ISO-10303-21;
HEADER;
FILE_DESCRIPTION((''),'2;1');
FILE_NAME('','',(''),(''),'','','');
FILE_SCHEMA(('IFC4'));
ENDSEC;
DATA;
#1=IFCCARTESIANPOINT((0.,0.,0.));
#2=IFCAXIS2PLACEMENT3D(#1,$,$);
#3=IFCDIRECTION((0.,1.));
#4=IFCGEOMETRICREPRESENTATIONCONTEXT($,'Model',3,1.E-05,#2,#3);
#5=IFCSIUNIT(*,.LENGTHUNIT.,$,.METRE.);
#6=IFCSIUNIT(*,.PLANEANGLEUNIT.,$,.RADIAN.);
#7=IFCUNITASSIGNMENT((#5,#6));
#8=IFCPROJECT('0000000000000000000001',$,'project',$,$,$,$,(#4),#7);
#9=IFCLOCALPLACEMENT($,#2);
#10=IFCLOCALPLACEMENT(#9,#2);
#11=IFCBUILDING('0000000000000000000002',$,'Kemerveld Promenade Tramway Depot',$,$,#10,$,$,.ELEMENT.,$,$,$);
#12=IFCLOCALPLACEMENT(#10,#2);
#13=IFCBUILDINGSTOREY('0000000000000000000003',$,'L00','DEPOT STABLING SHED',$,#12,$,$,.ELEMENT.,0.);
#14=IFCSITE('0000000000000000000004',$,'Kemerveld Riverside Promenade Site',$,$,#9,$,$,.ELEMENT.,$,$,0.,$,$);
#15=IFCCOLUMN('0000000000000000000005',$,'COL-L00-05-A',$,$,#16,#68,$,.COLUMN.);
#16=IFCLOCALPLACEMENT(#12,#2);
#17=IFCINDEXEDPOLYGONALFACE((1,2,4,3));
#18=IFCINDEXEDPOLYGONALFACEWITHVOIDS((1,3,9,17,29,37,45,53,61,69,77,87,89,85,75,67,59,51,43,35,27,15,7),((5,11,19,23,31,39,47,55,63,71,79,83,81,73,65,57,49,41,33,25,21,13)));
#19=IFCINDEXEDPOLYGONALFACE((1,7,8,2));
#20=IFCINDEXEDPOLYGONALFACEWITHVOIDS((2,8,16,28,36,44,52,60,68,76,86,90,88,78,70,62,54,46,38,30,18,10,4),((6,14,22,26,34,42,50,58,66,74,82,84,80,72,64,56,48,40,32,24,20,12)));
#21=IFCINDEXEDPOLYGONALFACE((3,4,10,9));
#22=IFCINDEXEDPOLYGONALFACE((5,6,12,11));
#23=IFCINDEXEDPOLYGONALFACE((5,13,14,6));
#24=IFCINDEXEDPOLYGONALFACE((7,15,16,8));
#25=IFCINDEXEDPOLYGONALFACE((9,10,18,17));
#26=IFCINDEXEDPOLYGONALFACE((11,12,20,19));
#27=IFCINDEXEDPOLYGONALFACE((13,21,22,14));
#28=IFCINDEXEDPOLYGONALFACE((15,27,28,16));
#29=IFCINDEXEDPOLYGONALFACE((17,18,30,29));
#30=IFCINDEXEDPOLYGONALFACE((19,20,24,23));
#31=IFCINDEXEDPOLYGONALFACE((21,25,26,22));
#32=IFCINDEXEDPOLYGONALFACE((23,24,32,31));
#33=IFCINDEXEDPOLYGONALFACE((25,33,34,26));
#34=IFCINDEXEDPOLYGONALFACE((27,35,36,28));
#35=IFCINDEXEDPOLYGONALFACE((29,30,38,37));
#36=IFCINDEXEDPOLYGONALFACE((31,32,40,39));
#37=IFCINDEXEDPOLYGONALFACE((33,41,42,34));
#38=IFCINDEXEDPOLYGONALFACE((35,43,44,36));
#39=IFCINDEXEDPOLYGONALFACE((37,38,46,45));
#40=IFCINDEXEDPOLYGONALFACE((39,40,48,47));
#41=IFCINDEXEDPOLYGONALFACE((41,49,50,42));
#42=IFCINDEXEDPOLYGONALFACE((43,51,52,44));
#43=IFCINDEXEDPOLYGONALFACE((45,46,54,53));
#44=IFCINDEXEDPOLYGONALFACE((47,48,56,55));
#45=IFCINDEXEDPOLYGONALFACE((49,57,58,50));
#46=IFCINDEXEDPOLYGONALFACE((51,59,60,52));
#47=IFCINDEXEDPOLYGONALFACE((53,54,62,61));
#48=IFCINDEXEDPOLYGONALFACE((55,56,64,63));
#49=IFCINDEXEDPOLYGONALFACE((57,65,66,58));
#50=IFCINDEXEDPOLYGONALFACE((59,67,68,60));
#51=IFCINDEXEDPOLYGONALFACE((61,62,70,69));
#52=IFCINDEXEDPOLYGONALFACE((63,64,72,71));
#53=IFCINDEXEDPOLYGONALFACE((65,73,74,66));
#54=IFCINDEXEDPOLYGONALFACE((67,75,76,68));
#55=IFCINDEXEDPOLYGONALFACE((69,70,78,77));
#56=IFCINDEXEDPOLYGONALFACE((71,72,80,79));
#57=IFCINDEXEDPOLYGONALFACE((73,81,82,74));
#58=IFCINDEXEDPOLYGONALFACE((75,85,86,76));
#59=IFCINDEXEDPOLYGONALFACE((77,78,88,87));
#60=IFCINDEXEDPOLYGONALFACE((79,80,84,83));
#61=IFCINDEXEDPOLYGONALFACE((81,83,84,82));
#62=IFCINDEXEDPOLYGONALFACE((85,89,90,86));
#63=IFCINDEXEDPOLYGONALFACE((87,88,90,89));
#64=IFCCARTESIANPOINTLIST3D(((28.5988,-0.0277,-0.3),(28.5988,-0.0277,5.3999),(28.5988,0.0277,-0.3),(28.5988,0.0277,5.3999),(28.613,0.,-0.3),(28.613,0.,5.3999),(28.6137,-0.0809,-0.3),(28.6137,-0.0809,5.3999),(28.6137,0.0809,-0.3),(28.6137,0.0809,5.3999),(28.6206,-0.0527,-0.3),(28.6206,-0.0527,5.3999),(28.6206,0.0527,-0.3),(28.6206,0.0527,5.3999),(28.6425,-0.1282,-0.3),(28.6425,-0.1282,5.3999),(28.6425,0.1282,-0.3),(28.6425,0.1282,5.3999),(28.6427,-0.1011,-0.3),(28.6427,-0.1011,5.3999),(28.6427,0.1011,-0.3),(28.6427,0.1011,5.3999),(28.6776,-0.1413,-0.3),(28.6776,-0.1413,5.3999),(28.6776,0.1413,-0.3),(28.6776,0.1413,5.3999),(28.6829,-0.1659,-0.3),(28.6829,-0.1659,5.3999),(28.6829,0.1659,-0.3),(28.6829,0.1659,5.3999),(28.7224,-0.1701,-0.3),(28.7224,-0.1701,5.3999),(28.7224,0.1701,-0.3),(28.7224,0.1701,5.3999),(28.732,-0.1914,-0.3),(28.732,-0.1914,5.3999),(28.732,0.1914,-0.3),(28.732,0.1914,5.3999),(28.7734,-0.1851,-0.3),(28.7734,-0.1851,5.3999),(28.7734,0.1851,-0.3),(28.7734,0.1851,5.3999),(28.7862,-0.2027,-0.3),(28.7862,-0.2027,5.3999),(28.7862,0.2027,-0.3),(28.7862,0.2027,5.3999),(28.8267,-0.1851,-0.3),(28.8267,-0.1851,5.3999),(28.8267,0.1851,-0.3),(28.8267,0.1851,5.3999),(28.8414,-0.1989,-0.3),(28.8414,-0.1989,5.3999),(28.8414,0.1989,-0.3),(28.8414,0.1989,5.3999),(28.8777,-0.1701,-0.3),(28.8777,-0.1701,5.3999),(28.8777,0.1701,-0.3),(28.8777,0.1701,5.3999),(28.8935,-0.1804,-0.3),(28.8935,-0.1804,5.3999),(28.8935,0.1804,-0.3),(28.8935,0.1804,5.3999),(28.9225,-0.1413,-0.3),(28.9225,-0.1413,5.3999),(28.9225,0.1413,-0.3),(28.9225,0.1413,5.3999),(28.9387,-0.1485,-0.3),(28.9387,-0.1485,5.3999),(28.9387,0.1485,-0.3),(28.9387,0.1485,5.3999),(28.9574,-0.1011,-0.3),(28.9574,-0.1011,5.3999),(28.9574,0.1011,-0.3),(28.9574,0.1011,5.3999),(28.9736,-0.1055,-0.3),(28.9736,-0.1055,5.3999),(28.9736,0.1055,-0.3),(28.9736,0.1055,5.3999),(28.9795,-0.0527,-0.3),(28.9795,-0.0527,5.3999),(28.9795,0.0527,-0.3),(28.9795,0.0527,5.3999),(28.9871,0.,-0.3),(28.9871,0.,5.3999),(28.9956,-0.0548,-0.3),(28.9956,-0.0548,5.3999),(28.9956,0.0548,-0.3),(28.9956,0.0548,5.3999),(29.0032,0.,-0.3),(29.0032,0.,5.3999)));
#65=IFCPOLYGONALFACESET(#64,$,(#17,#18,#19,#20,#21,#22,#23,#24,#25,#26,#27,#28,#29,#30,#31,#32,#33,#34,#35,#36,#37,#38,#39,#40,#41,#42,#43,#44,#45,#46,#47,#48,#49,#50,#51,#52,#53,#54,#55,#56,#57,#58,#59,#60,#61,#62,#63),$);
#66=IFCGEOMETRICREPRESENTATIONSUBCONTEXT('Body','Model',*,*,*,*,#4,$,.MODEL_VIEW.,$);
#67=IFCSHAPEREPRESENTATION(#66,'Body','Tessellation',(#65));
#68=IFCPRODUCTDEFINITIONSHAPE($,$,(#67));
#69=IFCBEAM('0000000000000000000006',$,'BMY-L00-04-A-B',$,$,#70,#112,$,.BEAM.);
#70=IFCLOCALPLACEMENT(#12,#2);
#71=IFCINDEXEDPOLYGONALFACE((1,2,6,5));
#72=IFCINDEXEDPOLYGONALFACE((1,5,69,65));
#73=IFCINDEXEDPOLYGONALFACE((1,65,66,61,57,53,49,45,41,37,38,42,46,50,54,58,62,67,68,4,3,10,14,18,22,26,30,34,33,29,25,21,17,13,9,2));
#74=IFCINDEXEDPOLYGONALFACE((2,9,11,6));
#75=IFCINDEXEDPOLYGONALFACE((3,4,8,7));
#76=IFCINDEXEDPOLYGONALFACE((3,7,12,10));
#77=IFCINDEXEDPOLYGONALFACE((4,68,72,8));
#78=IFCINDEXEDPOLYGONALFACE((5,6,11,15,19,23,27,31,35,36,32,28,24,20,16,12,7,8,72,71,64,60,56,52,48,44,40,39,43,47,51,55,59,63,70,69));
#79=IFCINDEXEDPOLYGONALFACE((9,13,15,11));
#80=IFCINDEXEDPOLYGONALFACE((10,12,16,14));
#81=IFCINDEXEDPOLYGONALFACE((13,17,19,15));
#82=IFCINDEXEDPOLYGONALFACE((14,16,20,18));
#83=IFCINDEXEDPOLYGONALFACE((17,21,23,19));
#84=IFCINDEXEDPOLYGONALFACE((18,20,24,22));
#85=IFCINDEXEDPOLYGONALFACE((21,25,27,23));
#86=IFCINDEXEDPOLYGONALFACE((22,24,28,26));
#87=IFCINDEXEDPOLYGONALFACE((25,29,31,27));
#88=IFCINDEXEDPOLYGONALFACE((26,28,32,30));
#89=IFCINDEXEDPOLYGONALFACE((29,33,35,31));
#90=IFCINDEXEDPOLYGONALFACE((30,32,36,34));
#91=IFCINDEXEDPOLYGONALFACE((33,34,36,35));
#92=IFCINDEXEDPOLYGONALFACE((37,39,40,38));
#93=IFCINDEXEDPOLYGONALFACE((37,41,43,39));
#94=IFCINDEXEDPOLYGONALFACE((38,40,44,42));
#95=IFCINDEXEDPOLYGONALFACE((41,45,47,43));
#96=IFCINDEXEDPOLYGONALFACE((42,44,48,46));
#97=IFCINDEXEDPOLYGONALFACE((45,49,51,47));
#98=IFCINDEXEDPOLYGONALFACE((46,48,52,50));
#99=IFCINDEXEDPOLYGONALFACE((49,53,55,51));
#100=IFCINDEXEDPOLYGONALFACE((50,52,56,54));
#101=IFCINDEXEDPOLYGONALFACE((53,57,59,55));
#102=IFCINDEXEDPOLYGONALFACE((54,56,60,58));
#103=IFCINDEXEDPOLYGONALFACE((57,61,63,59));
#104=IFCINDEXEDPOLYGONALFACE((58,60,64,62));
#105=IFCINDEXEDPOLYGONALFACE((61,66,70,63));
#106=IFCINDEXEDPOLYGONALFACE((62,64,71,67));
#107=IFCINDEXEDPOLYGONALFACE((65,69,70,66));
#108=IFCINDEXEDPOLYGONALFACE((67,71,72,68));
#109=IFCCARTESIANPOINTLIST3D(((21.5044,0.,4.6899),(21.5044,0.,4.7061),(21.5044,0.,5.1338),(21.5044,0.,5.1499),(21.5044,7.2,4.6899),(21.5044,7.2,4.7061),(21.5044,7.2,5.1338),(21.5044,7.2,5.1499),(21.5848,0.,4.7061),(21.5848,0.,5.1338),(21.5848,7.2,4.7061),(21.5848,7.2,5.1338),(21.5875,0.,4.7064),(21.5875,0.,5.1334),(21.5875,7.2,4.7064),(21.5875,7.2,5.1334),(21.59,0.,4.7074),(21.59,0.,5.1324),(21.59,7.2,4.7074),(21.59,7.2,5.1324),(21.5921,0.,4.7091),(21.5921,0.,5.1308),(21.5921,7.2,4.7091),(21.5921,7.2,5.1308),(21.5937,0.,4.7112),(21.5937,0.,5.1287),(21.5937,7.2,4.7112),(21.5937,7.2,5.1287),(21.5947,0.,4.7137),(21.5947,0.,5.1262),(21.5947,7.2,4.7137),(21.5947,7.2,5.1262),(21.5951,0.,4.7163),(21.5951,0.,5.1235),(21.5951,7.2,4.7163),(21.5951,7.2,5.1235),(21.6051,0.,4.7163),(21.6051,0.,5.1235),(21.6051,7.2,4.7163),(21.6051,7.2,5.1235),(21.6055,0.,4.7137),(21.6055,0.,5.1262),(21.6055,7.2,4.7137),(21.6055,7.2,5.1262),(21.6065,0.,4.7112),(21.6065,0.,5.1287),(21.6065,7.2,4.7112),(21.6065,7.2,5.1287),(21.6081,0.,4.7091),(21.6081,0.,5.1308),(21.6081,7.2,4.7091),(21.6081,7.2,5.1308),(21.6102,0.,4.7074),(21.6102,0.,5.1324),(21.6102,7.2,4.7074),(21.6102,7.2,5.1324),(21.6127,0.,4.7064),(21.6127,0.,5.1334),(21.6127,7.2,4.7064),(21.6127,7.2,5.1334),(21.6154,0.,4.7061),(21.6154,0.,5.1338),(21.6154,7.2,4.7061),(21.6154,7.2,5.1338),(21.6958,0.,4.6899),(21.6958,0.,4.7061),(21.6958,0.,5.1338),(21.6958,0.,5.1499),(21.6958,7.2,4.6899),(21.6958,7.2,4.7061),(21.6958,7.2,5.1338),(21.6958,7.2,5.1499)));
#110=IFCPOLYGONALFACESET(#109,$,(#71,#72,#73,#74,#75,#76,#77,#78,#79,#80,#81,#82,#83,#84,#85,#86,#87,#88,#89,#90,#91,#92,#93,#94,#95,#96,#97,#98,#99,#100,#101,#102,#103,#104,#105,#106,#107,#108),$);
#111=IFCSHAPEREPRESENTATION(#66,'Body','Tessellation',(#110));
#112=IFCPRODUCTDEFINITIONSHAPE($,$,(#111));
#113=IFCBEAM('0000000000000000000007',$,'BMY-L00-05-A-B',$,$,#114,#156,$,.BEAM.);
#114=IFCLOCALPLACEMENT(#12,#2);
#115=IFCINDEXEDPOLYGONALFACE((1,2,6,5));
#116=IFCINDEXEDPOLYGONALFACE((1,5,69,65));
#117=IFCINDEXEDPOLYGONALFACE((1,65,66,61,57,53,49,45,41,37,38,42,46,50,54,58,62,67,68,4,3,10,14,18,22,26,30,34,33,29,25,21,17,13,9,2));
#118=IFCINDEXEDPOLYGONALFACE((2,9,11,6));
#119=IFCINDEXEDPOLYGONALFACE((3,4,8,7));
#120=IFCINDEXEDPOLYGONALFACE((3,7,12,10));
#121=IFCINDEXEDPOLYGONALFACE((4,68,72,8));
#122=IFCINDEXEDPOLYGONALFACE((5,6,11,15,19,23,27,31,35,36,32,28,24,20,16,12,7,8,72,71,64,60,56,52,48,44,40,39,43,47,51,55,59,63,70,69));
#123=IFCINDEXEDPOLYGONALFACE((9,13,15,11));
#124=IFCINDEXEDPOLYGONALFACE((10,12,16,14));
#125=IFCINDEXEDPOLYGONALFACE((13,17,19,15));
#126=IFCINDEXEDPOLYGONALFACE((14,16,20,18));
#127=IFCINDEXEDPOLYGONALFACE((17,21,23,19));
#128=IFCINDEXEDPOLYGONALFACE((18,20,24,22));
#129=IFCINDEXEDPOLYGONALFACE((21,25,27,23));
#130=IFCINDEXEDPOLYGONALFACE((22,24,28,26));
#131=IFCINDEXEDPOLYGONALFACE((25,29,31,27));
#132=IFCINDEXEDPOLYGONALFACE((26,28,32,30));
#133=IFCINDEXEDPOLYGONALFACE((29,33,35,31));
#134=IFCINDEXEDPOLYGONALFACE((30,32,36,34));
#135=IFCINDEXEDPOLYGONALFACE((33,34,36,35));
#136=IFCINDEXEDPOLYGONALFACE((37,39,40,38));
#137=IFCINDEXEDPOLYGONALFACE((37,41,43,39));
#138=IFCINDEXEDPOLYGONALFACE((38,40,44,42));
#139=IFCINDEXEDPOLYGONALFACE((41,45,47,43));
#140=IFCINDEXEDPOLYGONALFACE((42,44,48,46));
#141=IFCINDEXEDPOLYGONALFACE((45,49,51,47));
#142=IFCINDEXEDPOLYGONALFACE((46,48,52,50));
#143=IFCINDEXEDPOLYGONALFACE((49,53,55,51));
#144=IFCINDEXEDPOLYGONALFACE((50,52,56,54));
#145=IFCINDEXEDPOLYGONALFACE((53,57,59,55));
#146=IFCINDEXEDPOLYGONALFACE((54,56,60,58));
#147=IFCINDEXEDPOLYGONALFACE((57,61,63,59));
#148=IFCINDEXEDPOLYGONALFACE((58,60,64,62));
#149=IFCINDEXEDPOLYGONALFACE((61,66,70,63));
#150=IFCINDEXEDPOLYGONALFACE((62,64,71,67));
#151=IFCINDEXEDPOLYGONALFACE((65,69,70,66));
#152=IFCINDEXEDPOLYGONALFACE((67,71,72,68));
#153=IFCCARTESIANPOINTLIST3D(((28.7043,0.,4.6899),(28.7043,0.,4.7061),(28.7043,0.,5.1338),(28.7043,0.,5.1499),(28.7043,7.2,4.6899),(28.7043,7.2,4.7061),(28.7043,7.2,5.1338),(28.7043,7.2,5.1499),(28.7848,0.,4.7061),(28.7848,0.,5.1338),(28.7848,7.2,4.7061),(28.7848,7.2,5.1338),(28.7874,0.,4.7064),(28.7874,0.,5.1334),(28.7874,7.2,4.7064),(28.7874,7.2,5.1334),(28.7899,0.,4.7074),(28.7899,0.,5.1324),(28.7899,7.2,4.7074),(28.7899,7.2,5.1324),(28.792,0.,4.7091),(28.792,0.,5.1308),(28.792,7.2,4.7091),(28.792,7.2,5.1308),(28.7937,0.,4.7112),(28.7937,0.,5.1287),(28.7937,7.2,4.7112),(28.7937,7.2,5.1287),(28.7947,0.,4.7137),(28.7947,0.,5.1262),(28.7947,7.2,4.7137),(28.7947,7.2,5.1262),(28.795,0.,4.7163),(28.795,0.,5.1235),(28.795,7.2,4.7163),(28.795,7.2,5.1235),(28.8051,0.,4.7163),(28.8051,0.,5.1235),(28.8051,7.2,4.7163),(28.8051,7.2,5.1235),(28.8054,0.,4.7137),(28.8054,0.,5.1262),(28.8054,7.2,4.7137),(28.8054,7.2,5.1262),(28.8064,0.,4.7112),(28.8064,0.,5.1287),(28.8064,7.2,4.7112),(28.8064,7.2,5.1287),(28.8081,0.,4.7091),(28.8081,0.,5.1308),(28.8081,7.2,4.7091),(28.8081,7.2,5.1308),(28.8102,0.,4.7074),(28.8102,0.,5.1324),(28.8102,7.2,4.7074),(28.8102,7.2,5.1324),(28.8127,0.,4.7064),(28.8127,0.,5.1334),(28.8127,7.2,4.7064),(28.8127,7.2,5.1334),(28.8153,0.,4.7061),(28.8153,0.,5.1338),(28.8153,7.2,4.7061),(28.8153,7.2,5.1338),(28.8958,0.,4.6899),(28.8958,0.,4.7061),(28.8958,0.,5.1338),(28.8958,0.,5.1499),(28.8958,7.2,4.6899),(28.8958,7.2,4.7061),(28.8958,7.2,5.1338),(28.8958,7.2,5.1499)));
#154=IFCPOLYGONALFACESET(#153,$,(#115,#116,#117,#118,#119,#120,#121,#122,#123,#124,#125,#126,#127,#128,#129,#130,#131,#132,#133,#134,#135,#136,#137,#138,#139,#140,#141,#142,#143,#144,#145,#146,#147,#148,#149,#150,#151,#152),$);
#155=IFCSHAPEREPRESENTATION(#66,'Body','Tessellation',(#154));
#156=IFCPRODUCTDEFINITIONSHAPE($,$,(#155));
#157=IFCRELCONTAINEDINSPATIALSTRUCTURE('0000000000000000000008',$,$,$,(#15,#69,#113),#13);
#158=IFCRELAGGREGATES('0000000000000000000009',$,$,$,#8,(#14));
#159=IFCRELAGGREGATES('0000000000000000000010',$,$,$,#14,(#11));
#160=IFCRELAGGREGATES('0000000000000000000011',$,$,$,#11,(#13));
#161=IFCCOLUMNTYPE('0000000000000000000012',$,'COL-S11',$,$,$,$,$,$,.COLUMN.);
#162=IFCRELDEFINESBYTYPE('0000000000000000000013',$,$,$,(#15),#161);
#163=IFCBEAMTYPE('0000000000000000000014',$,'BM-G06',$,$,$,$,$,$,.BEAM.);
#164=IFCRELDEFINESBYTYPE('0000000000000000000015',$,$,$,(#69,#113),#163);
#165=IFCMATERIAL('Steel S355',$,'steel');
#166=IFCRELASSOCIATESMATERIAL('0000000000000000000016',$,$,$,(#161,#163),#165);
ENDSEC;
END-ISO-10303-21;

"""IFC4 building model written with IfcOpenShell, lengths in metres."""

from ifc_helpers import new_model, si_unit, direction, frame, origin, origin_2d, place, context, subcontext, project, spatial, hollow_circle, i_section, extrude, material, material_profile, profile_set, type_object, element, save


model = new_model("IFC4")

# Units and contexts
model_context = context("Model", 3, precision=1e-05, world=origin(), true_north=direction((0.0, 1.0)))
body_context = subcontext(model_context, "Body", "Model", "MODEL_VIEW")
ifc_project = project(units=[si_unit("LENGTHUNIT", "METRE"), si_unit("PLANEANGLEUNIT", "RADIAN")], contexts=[model_context])

# Site, building, storey
site_placement = place(None, origin())
site = spatial("IfcSite", under=ifc_project, at=site_placement, Name="Kemerveld Riverside Promenade Site", CompositionType="ELEMENT", RefElevation=0.0)
building_placement = place(site_placement, origin())
building = spatial("IfcBuilding", under=site, at=building_placement, Name="Kemerveld Promenade Tramway Depot", CompositionType="ELEMENT")
storey_placement = place(building_placement, origin())
storey = spatial("IfcBuildingStorey", under=building, at=storey_placement, Name="L00", Description="DEPOT STABLING SHED", CompositionType="ELEMENT", Elevation=0.0)

# Column
ifc_material_1 = material(Name="Steel S355", Category="steel")
ifc_material_profile_1 = material_profile(ifc_material_1, hollow_circle(Radius=0.2031, WallThickness=0.0161, at=origin_2d()), Name="406.4x16.0 CHS")
ifc_profile_set_1 = profile_set([ifc_material_profile_1], Name="Steel S355")
column_type = type_object("IfcColumnType", Name="COL-S11", PredefinedType="COLUMN", material=ifc_profile_set_1)
for number, where, z_axis, x_axis, name in (
    (1, (28.8, 0.0, -0.3), (0.0, 0.0, 1.0), (1.0, 0.0, 0.0), "COL-L00-05-A"),
):
    element("IfcColumn", number, at=place(storey_placement, frame(where, z_axis=z_axis, x_axis=x_axis)), inside=storey, type_object=column_type, Name=name, PredefinedType="COLUMN", context=body_context, shape_type="SweptSolid", body=[
        extrude(hollow_circle(Radius=0.2031, WallThickness=0.0161, at=origin_2d()), origin(), (0.0, 0.0, 1.0), 5.7),
    ])

# Beams
ifc_material_profile_2 = material_profile(ifc_material_1, i_section(OverallWidth=0.1914, OverallDepth=0.46, WebThickness=0.01, FlangeThickness=0.0161, FilletRadius=0.0103, at=origin_2d()), Name="457x191x82 UB")
ifc_profile_set_2 = profile_set([ifc_material_profile_2], Name="Steel S355")
beam_type_1 = type_object("IfcBeamType", Name="BM-G06", PredefinedType="BEAM", material=ifc_profile_set_2)
for number, where, z_axis, x_axis, name in (
    (2, (21.6001, 0.0, 4.9199), (0.0, 1.0, 0.0), (-1.0, 0.0, 0.0), "BMY-L00-04-A-B"),
    (3, (28.8, 0.0, 4.9199), (0.0, 1.0, 0.0), (-1.0, 0.0, 0.0), "BMY-L00-05-A-B"),
):
    element("IfcBeam", number, at=place(storey_placement, frame(where, z_axis=z_axis, x_axis=x_axis)), inside=storey, type_object=beam_type_1, Name=name, PredefinedType="BEAM", context=body_context, shape_type="SweptSolid", body=[
        extrude(i_section(OverallWidth=0.1914, OverallDepth=0.46, WebThickness=0.01, FlangeThickness=0.0161, FilletRadius=0.0103, at=origin_2d()), origin(), (0.0, 0.0, 1.0), 7.2),
    ])

save(model, "model.ifc")
